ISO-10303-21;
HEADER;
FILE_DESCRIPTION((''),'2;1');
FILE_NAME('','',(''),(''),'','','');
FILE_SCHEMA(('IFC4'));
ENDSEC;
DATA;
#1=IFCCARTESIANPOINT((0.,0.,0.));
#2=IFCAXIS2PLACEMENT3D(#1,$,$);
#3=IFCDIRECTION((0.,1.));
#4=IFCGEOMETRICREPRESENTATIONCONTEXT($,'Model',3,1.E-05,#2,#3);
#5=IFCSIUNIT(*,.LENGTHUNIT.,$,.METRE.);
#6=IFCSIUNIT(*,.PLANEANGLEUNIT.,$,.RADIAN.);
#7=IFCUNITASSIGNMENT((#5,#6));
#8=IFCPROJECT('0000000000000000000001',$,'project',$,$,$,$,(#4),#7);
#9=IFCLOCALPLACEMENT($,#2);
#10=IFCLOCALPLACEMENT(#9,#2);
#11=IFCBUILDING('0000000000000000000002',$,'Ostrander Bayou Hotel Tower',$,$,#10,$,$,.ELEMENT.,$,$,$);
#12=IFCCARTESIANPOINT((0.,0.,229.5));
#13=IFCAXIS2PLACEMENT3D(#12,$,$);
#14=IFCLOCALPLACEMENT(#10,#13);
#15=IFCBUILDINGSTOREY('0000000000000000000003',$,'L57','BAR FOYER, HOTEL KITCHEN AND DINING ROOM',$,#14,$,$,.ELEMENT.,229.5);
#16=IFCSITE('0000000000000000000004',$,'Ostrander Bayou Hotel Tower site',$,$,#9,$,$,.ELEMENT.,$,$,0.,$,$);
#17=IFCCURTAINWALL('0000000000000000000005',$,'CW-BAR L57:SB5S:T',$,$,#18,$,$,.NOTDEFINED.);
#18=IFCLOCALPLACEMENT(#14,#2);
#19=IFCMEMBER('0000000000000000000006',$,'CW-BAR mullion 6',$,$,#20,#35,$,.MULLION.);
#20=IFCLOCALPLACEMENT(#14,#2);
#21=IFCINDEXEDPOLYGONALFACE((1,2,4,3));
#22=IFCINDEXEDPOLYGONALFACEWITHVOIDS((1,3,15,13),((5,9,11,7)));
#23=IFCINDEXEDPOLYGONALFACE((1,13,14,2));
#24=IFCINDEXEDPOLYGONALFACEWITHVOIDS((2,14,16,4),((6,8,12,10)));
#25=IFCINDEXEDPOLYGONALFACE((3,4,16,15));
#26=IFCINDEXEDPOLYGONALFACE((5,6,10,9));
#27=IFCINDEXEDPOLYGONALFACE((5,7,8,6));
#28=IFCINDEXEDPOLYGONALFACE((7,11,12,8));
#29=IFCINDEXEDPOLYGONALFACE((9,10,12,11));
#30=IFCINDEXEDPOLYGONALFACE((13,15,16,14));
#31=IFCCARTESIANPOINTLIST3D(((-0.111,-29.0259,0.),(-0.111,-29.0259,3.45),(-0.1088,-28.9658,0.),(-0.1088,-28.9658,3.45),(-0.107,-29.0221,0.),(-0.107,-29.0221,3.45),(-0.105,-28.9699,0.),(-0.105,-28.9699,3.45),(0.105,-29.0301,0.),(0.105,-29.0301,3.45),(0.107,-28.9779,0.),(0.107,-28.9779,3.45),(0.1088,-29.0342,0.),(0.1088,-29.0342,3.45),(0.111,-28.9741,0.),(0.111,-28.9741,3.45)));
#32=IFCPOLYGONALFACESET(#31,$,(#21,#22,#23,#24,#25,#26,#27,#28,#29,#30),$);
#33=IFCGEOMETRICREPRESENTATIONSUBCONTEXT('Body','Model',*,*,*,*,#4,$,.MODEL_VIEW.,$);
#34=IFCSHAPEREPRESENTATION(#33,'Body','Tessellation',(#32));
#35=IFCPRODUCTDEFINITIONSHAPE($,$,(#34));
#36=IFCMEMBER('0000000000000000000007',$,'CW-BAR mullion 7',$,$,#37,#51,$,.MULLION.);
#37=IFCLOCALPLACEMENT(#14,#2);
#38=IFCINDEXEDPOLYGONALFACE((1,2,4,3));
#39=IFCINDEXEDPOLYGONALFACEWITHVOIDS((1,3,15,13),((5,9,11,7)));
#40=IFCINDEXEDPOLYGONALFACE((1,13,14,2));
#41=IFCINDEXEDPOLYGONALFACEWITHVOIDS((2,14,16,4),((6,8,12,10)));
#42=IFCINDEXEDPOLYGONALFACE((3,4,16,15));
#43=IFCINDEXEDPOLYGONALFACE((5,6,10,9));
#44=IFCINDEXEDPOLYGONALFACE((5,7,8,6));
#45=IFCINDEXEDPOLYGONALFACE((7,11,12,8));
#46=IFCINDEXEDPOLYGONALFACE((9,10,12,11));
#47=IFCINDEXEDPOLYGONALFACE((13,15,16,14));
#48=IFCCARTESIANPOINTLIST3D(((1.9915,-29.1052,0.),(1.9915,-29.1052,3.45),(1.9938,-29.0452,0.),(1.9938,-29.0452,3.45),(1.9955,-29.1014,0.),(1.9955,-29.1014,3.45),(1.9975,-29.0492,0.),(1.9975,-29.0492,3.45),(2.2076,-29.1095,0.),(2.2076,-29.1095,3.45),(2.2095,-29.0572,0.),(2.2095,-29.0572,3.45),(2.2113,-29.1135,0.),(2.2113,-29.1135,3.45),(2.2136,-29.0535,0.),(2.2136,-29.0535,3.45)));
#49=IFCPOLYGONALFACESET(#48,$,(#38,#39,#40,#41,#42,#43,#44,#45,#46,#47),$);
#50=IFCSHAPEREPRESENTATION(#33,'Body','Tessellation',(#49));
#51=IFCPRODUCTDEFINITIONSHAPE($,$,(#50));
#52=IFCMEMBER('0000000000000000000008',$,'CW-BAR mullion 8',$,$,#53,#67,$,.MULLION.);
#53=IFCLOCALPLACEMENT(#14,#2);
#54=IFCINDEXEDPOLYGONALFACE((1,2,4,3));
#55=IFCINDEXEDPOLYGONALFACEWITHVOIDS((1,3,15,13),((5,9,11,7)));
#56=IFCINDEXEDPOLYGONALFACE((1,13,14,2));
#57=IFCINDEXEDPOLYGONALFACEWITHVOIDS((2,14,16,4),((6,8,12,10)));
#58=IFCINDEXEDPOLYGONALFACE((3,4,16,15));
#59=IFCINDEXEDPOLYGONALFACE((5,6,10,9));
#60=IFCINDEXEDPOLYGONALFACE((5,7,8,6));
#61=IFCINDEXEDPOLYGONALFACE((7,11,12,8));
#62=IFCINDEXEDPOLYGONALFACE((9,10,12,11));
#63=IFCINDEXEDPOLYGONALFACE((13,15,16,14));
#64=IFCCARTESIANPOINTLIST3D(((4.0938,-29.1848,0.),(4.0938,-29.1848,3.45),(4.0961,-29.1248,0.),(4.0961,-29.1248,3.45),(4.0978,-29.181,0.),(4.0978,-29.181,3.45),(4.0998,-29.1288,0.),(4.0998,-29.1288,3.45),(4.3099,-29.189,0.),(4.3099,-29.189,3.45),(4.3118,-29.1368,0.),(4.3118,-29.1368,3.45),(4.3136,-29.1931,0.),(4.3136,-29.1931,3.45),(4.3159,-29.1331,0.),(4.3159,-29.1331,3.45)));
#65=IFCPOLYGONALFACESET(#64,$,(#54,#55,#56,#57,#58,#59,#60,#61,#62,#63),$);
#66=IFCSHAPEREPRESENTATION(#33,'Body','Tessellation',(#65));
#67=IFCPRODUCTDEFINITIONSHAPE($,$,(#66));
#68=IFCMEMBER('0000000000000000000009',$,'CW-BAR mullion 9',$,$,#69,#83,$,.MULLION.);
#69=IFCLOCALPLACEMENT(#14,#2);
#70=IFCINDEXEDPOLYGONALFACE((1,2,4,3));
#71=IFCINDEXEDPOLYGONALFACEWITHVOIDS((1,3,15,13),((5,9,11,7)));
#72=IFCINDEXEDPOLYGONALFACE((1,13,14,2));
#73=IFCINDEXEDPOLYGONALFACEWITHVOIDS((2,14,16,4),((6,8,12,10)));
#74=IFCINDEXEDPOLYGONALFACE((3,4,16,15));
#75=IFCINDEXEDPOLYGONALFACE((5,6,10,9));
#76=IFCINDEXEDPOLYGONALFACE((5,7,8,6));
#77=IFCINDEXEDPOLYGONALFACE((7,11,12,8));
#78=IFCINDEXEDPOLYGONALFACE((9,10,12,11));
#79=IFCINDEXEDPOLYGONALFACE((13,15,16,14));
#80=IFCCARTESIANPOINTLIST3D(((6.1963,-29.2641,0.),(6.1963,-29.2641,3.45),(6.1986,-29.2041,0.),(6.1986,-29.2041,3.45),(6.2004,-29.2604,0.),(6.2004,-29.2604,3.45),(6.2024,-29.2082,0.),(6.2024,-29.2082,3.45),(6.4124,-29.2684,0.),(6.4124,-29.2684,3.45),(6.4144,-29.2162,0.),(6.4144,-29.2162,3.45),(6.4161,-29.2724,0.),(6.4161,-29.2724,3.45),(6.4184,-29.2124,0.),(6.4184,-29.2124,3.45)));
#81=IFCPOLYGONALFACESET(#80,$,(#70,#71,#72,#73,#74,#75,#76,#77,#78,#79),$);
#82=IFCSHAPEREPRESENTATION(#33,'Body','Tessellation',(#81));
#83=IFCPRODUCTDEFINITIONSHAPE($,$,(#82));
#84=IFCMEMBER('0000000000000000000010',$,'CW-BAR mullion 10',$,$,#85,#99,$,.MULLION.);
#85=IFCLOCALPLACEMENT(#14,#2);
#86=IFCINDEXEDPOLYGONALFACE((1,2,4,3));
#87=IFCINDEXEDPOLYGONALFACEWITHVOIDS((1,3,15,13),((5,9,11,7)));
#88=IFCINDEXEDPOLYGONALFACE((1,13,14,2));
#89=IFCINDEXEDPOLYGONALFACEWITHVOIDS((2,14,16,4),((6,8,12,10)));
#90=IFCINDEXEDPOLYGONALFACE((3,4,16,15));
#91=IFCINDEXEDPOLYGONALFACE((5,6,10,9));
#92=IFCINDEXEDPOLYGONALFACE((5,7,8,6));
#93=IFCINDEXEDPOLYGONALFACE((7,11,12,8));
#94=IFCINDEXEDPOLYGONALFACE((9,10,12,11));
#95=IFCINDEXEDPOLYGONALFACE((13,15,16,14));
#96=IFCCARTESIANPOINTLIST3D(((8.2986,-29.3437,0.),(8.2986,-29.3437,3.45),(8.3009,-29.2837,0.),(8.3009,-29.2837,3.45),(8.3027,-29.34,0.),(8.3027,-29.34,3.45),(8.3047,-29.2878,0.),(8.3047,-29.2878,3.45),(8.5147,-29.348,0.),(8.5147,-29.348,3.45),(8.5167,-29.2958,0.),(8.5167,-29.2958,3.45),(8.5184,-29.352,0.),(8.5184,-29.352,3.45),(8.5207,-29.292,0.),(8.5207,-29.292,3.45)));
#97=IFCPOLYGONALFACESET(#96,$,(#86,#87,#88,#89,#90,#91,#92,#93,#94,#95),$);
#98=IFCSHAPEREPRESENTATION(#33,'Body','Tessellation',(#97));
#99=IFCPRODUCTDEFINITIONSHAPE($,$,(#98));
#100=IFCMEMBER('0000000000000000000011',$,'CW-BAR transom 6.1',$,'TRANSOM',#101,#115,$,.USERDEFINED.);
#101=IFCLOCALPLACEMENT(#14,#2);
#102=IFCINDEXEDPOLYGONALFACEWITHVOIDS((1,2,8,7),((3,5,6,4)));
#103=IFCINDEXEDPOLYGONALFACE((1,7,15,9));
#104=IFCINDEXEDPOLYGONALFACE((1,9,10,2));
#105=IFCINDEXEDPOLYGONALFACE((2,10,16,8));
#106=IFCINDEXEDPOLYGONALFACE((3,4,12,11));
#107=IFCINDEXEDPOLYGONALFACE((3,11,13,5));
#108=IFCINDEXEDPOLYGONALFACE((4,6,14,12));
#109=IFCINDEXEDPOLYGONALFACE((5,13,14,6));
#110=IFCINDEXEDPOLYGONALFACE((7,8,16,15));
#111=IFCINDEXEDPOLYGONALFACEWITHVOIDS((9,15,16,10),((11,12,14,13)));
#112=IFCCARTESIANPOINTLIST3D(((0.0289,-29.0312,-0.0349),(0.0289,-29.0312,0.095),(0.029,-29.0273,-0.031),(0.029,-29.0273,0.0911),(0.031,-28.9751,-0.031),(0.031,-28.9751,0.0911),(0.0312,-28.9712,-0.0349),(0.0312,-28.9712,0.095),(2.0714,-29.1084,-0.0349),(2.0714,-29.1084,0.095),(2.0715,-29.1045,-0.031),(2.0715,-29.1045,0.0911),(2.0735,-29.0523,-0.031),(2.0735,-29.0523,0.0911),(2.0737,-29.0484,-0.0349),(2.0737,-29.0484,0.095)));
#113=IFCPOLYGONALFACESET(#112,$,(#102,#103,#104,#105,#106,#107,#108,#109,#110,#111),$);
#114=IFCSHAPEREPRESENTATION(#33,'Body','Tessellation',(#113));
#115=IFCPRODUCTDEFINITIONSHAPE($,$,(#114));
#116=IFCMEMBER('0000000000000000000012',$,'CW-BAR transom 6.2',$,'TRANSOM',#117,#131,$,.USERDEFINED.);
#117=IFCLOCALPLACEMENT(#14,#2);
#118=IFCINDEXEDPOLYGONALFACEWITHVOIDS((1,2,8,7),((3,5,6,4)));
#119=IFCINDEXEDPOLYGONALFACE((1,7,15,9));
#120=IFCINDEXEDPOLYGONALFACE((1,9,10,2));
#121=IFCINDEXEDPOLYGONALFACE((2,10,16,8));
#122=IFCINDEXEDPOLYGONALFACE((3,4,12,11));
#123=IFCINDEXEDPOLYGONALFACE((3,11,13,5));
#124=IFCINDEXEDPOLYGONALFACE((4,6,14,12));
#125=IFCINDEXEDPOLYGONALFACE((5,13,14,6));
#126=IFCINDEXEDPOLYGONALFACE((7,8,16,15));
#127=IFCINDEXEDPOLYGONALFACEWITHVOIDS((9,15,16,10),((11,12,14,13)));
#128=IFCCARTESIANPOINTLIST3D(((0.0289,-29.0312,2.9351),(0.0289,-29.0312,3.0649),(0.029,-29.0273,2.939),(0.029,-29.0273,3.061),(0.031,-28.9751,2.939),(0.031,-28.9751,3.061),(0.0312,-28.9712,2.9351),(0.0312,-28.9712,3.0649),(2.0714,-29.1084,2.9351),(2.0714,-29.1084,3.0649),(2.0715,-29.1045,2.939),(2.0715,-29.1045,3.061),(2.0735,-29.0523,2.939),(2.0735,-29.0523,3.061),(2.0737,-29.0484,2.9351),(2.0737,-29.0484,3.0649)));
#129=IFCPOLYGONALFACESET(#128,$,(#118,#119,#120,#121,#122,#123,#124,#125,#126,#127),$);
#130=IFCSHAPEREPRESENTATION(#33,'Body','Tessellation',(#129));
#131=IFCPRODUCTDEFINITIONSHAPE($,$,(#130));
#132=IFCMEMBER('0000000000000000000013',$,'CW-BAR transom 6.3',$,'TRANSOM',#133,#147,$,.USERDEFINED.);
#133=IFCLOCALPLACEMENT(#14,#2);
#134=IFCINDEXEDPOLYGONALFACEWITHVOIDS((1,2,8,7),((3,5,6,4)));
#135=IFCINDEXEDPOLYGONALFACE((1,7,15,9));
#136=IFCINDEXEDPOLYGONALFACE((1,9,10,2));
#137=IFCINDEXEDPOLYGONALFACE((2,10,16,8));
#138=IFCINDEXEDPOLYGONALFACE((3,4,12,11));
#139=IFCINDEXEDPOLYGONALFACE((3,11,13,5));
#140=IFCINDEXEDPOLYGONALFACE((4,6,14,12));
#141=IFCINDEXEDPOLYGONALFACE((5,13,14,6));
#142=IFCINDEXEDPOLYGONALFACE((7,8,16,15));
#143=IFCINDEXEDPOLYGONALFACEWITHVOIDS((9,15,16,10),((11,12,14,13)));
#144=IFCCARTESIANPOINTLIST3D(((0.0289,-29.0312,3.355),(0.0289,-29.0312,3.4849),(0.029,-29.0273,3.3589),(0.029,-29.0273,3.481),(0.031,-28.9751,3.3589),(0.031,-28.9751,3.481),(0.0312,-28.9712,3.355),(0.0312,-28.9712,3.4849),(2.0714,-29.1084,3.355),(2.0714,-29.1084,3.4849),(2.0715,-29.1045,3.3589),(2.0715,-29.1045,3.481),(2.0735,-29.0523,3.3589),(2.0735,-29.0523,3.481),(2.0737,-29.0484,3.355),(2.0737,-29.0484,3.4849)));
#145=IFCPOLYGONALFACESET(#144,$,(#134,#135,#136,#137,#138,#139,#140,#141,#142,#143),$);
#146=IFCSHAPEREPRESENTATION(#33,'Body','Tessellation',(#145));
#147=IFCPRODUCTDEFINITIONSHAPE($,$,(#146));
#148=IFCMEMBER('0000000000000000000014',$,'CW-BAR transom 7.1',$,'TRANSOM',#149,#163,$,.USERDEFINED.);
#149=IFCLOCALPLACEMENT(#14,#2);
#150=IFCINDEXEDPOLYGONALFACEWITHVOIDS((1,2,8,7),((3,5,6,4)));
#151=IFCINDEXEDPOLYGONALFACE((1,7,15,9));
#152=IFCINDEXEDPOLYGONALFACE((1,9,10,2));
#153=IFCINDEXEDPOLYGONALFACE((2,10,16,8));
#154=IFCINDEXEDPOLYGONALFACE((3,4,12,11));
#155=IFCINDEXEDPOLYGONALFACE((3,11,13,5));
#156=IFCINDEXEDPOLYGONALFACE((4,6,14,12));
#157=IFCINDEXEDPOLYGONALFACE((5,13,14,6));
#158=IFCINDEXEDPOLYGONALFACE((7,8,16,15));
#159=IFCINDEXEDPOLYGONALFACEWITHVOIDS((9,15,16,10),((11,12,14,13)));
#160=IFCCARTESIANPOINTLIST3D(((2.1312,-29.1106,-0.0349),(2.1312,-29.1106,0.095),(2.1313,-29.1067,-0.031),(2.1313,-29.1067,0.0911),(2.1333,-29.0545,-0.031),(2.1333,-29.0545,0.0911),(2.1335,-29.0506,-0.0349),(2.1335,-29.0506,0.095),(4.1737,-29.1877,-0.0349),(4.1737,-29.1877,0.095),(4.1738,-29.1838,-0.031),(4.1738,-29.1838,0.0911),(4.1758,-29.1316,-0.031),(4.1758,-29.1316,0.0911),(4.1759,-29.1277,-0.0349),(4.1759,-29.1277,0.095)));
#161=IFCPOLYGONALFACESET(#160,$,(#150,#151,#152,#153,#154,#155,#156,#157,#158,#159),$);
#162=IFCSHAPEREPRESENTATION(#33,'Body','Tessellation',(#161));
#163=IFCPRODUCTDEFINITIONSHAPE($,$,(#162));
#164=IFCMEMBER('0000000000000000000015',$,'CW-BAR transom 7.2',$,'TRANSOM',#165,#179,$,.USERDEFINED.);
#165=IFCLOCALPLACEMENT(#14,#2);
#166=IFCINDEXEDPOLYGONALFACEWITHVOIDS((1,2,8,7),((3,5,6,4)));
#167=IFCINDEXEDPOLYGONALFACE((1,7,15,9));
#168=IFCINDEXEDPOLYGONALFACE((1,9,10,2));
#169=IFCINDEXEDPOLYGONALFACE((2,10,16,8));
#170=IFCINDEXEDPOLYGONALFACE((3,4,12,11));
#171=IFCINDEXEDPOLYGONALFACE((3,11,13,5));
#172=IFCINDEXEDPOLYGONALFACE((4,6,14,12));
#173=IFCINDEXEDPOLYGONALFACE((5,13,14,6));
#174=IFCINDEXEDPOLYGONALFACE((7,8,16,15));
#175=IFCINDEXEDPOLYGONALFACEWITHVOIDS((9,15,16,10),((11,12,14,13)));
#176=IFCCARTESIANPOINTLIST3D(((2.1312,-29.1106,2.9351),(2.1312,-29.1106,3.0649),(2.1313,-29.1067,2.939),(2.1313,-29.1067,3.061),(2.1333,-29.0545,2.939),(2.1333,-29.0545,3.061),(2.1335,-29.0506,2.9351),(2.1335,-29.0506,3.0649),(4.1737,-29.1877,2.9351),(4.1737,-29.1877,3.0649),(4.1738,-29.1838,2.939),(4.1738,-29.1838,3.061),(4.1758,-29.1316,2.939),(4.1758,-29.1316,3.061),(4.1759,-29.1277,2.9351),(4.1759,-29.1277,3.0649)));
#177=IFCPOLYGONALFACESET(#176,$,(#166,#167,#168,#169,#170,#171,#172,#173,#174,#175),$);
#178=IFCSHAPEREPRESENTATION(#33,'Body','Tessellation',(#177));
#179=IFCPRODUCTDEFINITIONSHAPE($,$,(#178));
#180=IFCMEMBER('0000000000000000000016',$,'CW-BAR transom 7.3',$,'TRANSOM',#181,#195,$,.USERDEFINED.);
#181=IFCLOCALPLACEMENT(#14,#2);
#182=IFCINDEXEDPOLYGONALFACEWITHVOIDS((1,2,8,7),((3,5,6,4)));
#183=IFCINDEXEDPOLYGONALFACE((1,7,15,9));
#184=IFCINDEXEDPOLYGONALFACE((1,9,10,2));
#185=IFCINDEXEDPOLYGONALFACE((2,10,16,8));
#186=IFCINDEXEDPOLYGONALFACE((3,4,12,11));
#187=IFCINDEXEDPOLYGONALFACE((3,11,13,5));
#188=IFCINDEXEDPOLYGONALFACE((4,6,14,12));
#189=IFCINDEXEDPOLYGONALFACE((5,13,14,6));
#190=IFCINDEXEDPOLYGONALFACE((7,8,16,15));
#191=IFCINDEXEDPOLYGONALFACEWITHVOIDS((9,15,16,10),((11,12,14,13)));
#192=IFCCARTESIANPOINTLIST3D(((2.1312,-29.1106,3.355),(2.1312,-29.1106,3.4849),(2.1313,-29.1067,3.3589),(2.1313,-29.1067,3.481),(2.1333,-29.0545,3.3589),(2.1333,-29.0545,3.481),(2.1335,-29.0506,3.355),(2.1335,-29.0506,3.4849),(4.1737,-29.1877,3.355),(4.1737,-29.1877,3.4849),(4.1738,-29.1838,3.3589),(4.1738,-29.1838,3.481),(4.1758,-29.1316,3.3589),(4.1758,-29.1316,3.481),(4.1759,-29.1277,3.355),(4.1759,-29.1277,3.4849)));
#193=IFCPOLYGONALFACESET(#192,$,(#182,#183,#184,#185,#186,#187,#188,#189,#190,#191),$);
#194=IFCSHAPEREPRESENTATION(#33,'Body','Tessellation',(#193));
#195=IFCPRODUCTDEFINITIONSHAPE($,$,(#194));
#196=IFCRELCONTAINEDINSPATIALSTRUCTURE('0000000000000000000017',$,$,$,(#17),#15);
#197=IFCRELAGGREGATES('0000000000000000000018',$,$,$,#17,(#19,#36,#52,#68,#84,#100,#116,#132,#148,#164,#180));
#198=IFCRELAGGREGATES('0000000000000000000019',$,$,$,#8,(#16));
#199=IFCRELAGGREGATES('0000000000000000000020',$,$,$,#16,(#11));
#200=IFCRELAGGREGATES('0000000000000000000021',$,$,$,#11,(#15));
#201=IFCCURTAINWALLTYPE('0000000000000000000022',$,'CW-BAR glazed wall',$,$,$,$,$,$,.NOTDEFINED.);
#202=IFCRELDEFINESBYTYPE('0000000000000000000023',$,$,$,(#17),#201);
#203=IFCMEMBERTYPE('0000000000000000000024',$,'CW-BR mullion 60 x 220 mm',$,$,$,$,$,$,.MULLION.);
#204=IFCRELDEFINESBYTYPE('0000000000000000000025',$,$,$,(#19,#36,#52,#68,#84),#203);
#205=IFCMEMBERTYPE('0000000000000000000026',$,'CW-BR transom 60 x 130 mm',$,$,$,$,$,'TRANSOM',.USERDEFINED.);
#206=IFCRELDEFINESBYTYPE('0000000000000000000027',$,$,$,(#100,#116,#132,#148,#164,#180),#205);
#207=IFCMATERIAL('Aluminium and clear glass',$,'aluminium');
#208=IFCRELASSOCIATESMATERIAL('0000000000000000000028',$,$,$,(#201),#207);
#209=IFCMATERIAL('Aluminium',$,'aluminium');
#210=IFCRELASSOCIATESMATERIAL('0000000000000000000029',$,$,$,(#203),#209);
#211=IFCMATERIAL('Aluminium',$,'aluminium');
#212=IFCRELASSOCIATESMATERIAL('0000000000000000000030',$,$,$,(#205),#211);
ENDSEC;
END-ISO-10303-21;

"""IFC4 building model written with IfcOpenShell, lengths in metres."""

from ifc_helpers import new_model, si_unit, direction, frame, origin, origin_2d, place, context, subcontext, project, spatial, hollow_rectangle, extrude, material, material_profile, profile_set, type_object, element, aggregate, save


model = new_model("IFC4")

# Units and contexts
model_context = context("Model", 3, precision=1e-05, world=origin(), true_north=direction((0.0, 1.0)))
body_context = subcontext(model_context, "Body", "Model", "MODEL_VIEW")
ifc_project = project(units=[si_unit("LENGTHUNIT", "METRE"), si_unit("PLANEANGLEUNIT", "RADIAN")], contexts=[model_context])

# Site, building, storey
site_placement = place(None, origin())
site = spatial("IfcSite", under=ifc_project, at=site_placement, Name="Ostrander Bayou Hotel Tower site", CompositionType="ELEMENT", RefElevation=0.0)
building_placement = place(site_placement, origin())
building = spatial("IfcBuilding", under=site, at=building_placement, Name="Ostrander Bayou Hotel Tower", CompositionType="ELEMENT")
storey_placement = place(building_placement, frame((0.0, 0.0, 229.5)))
storey = spatial("IfcBuildingStorey", under=building, at=storey_placement, Name="L57", Description="BAR FOYER, HOTEL KITCHEN AND DINING ROOM", CompositionType="ELEMENT", Elevation=229.5)

# Curtain wall, members
ifc_material_1 = material(Name="Aluminium and clear glass", Category="aluminium")
curtain_wall_type = type_object("IfcCurtainWallType", Name="CW-BAR glazed wall", PredefinedType="NOTDEFINED", material=ifc_material_1)
curtain_wall_placement = place(storey_placement, origin())
curtain_wall = element("IfcCurtainWall", 1, at=curtain_wall_placement, inside=storey, type_object=curtain_wall_type, Name="CW-BAR L57:SB5S:T", PredefinedType="NOTDEFINED")
ifc_material_2 = material(Name="Aluminium", Category="aluminium")
ifc_material_profile_1 = material_profile(ifc_material_2, hollow_rectangle(XDim=0.0601, YDim=0.22, WallThickness=0.0039, at=origin_2d()))
ifc_profile_set_1 = profile_set([ifc_material_profile_1], Name="Aluminium")
member_type_1 = type_object("IfcMemberType", Name="CW-BR mullion 60 x 220 mm", PredefinedType="MULLION", material=ifc_profile_set_1)
member_1_placement = place(storey_placement, frame((0.0, -29.0, 0.0), z_axis=(0.0, 0.0, 1.0), x_axis=(0.037758, 0.999287, 0.0)))
member_1 = element("IfcMember", 2, at=member_1_placement, type_object=member_type_1, Name="CW-BAR mullion 6", PredefinedType="MULLION", context=body_context, shape_type="SweptSolid", body=[
    extrude(hollow_rectangle(XDim=0.0601, YDim=0.22, WallThickness=0.0039, at=origin_2d()), origin(), (0.0, 0.0, 1.0), 3.45),
])
member_2_placement = place(storey_placement, frame((2.1025, -29.0793, 0.0), z_axis=(0.0, 0.0, 1.0), x_axis=(0.037758, 0.999287, 0.0)))
member_2 = element("IfcMember", 3, at=member_2_placement, type_object=member_type_1, Name="CW-BAR mullion 7", PredefinedType="MULLION", context=body_context, shape_type="SweptSolid", body=[
    extrude(hollow_rectangle(XDim=0.0601, YDim=0.22, WallThickness=0.0039, at=origin_2d()), origin(), (0.0, 0.0, 1.0), 3.45),
])
member_3_placement = place(storey_placement, frame((4.2048, -29.1589, 0.0), z_axis=(0.0, 0.0, 1.0), x_axis=(0.037758, 0.999287, 0.0)))
member_3 = element("IfcMember", 4, at=member_3_placement, type_object=member_type_1, Name="CW-BAR mullion 8", PredefinedType="MULLION", context=body_context, shape_type="SweptSolid", body=[
    extrude(hollow_rectangle(XDim=0.0601, YDim=0.22, WallThickness=0.0039, at=origin_2d()), origin(), (0.0, 0.0, 1.0), 3.45),
])
member_4_placement = place(storey_placement, frame((6.3074, -29.2383, 0.0), z_axis=(0.0, 0.0, 1.0), x_axis=(0.037758, 0.999287, 0.0)))
member_4 = element("IfcMember", 5, at=member_4_placement, type_object=member_type_1, Name="CW-BAR mullion 9", PredefinedType="MULLION", context=body_context, shape_type="SweptSolid", body=[
    extrude(hollow_rectangle(XDim=0.0601, YDim=0.22, WallThickness=0.0039, at=origin_2d()), origin(), (0.0, 0.0, 1.0), 3.45),
])
member_5_placement = place(storey_placement, frame((8.4097, -29.3179, 0.0), z_axis=(0.0, 0.0, 1.0), x_axis=(0.037758, 0.999287, 0.0)))
member_5 = element("IfcMember", 6, at=member_5_placement, type_object=member_type_1, Name="CW-BAR mullion 10", PredefinedType="MULLION", context=body_context, shape_type="SweptSolid", body=[
    extrude(hollow_rectangle(XDim=0.0601, YDim=0.22, WallThickness=0.0039, at=origin_2d()), origin(), (0.0, 0.0, 1.0), 3.45),
])
ifc_material_3 = material(Name="Aluminium", Category="aluminium")
ifc_material_profile_2 = material_profile(ifc_material_3, hollow_rectangle(XDim=0.0601, YDim=0.1299, WallThickness=0.0039, at=origin_2d()))
ifc_profile_set_2 = profile_set([ifc_material_profile_2], Name="Aluminium")
member_type_2 = type_object("IfcMemberType", Name="CW-BR transom 60 x 130 mm", ElementType="TRANSOM", PredefinedType="USERDEFINED", material=ifc_profile_set_2)
member_6_placement = place(storey_placement, frame((0.03, -29.0012, 0.03), z_axis=(0.999287, -0.037745, 0.0), x_axis=(0.037745, 0.999287, 0.0)))
member_6 = element("IfcMember", 7, at=member_6_placement, type_object=member_type_2, Name="CW-BAR transom 6.1", ObjectType="TRANSOM", PredefinedType="USERDEFINED", context=body_context, shape_type="SweptSolid", body=[
    extrude(hollow_rectangle(XDim=0.0601, YDim=0.1299, WallThickness=0.0039, at=origin_2d()), origin(), (0.0, 0.0, 1.0), 2.0439),
])
member_7_placement = place(storey_placement, frame((0.03, -29.0012, 3.0), z_axis=(0.999287, -0.037745, 0.0), x_axis=(0.037745, 0.999287, 0.0)))
member_7 = element("IfcMember", 8, at=member_7_placement, type_object=member_type_2, Name="CW-BAR transom 6.2", ObjectType="TRANSOM", PredefinedType="USERDEFINED", context=body_context, shape_type="SweptSolid", body=[
    extrude(hollow_rectangle(XDim=0.0601, YDim=0.1299, WallThickness=0.0039, at=origin_2d()), origin(), (0.0, 0.0, 1.0), 2.0439),
])
member_8_placement = place(storey_placement, frame((0.03, -29.0012, 3.4199), z_axis=(0.999287, -0.037745, 0.0), x_axis=(0.037745, 0.999287, 0.0)))
member_8 = element("IfcMember", 9, at=member_8_placement, type_object=member_type_2, Name="CW-BAR transom 6.3", ObjectType="TRANSOM", PredefinedType="USERDEFINED", context=body_context, shape_type="SweptSolid", body=[
    extrude(hollow_rectangle(XDim=0.0601, YDim=0.1299, WallThickness=0.0039, at=origin_2d()), origin(), (0.0, 0.0, 1.0), 2.0439),
])
member_9_placement = place(storey_placement, frame((2.1323, -29.0806, 0.03), z_axis=(0.999287, -0.037745, 0.0), x_axis=(0.037745, 0.999287, 0.0)))
member_9 = element("IfcMember", 10, at=member_9_placement, type_object=member_type_2, Name="CW-BAR transom 7.1", ObjectType="TRANSOM", PredefinedType="USERDEFINED", context=body_context, shape_type="SweptSolid", body=[
    extrude(hollow_rectangle(XDim=0.0601, YDim=0.1299, WallThickness=0.0039, at=origin_2d()), origin(), (0.0, 0.0, 1.0), 2.0439),
])
member_10_placement = place(storey_placement, frame((2.1323, -29.0806, 3.0), z_axis=(0.999287, -0.037745, 0.0), x_axis=(0.037745, 0.999287, 0.0)))
member_10 = element("IfcMember", 11, at=member_10_placement, type_object=member_type_2, Name="CW-BAR transom 7.2", ObjectType="TRANSOM", PredefinedType="USERDEFINED", context=body_context, shape_type="SweptSolid", body=[
    extrude(hollow_rectangle(XDim=0.0601, YDim=0.1299, WallThickness=0.0039, at=origin_2d()), origin(), (0.0, 0.0, 1.0), 2.0439),
])
member_11_placement = place(storey_placement, frame((2.1323, -29.0806, 3.4199), z_axis=(0.999287, -0.037745, 0.0), x_axis=(0.037745, 0.999287, 0.0)))
member_11 = element("IfcMember", 12, at=member_11_placement, type_object=member_type_2, Name="CW-BAR transom 7.3", ObjectType="TRANSOM", PredefinedType="USERDEFINED", context=body_context, shape_type="SweptSolid", body=[
    extrude(hollow_rectangle(XDim=0.0601, YDim=0.1299, WallThickness=0.0039, at=origin_2d()), origin(), (0.0, 0.0, 1.0), 2.0439),
])
aggregate(curtain_wall, [member_1, member_2, member_3, member_4, member_5, member_6, member_7, member_8, member_9, member_10, member_11])

save(model, "model.ifc")
